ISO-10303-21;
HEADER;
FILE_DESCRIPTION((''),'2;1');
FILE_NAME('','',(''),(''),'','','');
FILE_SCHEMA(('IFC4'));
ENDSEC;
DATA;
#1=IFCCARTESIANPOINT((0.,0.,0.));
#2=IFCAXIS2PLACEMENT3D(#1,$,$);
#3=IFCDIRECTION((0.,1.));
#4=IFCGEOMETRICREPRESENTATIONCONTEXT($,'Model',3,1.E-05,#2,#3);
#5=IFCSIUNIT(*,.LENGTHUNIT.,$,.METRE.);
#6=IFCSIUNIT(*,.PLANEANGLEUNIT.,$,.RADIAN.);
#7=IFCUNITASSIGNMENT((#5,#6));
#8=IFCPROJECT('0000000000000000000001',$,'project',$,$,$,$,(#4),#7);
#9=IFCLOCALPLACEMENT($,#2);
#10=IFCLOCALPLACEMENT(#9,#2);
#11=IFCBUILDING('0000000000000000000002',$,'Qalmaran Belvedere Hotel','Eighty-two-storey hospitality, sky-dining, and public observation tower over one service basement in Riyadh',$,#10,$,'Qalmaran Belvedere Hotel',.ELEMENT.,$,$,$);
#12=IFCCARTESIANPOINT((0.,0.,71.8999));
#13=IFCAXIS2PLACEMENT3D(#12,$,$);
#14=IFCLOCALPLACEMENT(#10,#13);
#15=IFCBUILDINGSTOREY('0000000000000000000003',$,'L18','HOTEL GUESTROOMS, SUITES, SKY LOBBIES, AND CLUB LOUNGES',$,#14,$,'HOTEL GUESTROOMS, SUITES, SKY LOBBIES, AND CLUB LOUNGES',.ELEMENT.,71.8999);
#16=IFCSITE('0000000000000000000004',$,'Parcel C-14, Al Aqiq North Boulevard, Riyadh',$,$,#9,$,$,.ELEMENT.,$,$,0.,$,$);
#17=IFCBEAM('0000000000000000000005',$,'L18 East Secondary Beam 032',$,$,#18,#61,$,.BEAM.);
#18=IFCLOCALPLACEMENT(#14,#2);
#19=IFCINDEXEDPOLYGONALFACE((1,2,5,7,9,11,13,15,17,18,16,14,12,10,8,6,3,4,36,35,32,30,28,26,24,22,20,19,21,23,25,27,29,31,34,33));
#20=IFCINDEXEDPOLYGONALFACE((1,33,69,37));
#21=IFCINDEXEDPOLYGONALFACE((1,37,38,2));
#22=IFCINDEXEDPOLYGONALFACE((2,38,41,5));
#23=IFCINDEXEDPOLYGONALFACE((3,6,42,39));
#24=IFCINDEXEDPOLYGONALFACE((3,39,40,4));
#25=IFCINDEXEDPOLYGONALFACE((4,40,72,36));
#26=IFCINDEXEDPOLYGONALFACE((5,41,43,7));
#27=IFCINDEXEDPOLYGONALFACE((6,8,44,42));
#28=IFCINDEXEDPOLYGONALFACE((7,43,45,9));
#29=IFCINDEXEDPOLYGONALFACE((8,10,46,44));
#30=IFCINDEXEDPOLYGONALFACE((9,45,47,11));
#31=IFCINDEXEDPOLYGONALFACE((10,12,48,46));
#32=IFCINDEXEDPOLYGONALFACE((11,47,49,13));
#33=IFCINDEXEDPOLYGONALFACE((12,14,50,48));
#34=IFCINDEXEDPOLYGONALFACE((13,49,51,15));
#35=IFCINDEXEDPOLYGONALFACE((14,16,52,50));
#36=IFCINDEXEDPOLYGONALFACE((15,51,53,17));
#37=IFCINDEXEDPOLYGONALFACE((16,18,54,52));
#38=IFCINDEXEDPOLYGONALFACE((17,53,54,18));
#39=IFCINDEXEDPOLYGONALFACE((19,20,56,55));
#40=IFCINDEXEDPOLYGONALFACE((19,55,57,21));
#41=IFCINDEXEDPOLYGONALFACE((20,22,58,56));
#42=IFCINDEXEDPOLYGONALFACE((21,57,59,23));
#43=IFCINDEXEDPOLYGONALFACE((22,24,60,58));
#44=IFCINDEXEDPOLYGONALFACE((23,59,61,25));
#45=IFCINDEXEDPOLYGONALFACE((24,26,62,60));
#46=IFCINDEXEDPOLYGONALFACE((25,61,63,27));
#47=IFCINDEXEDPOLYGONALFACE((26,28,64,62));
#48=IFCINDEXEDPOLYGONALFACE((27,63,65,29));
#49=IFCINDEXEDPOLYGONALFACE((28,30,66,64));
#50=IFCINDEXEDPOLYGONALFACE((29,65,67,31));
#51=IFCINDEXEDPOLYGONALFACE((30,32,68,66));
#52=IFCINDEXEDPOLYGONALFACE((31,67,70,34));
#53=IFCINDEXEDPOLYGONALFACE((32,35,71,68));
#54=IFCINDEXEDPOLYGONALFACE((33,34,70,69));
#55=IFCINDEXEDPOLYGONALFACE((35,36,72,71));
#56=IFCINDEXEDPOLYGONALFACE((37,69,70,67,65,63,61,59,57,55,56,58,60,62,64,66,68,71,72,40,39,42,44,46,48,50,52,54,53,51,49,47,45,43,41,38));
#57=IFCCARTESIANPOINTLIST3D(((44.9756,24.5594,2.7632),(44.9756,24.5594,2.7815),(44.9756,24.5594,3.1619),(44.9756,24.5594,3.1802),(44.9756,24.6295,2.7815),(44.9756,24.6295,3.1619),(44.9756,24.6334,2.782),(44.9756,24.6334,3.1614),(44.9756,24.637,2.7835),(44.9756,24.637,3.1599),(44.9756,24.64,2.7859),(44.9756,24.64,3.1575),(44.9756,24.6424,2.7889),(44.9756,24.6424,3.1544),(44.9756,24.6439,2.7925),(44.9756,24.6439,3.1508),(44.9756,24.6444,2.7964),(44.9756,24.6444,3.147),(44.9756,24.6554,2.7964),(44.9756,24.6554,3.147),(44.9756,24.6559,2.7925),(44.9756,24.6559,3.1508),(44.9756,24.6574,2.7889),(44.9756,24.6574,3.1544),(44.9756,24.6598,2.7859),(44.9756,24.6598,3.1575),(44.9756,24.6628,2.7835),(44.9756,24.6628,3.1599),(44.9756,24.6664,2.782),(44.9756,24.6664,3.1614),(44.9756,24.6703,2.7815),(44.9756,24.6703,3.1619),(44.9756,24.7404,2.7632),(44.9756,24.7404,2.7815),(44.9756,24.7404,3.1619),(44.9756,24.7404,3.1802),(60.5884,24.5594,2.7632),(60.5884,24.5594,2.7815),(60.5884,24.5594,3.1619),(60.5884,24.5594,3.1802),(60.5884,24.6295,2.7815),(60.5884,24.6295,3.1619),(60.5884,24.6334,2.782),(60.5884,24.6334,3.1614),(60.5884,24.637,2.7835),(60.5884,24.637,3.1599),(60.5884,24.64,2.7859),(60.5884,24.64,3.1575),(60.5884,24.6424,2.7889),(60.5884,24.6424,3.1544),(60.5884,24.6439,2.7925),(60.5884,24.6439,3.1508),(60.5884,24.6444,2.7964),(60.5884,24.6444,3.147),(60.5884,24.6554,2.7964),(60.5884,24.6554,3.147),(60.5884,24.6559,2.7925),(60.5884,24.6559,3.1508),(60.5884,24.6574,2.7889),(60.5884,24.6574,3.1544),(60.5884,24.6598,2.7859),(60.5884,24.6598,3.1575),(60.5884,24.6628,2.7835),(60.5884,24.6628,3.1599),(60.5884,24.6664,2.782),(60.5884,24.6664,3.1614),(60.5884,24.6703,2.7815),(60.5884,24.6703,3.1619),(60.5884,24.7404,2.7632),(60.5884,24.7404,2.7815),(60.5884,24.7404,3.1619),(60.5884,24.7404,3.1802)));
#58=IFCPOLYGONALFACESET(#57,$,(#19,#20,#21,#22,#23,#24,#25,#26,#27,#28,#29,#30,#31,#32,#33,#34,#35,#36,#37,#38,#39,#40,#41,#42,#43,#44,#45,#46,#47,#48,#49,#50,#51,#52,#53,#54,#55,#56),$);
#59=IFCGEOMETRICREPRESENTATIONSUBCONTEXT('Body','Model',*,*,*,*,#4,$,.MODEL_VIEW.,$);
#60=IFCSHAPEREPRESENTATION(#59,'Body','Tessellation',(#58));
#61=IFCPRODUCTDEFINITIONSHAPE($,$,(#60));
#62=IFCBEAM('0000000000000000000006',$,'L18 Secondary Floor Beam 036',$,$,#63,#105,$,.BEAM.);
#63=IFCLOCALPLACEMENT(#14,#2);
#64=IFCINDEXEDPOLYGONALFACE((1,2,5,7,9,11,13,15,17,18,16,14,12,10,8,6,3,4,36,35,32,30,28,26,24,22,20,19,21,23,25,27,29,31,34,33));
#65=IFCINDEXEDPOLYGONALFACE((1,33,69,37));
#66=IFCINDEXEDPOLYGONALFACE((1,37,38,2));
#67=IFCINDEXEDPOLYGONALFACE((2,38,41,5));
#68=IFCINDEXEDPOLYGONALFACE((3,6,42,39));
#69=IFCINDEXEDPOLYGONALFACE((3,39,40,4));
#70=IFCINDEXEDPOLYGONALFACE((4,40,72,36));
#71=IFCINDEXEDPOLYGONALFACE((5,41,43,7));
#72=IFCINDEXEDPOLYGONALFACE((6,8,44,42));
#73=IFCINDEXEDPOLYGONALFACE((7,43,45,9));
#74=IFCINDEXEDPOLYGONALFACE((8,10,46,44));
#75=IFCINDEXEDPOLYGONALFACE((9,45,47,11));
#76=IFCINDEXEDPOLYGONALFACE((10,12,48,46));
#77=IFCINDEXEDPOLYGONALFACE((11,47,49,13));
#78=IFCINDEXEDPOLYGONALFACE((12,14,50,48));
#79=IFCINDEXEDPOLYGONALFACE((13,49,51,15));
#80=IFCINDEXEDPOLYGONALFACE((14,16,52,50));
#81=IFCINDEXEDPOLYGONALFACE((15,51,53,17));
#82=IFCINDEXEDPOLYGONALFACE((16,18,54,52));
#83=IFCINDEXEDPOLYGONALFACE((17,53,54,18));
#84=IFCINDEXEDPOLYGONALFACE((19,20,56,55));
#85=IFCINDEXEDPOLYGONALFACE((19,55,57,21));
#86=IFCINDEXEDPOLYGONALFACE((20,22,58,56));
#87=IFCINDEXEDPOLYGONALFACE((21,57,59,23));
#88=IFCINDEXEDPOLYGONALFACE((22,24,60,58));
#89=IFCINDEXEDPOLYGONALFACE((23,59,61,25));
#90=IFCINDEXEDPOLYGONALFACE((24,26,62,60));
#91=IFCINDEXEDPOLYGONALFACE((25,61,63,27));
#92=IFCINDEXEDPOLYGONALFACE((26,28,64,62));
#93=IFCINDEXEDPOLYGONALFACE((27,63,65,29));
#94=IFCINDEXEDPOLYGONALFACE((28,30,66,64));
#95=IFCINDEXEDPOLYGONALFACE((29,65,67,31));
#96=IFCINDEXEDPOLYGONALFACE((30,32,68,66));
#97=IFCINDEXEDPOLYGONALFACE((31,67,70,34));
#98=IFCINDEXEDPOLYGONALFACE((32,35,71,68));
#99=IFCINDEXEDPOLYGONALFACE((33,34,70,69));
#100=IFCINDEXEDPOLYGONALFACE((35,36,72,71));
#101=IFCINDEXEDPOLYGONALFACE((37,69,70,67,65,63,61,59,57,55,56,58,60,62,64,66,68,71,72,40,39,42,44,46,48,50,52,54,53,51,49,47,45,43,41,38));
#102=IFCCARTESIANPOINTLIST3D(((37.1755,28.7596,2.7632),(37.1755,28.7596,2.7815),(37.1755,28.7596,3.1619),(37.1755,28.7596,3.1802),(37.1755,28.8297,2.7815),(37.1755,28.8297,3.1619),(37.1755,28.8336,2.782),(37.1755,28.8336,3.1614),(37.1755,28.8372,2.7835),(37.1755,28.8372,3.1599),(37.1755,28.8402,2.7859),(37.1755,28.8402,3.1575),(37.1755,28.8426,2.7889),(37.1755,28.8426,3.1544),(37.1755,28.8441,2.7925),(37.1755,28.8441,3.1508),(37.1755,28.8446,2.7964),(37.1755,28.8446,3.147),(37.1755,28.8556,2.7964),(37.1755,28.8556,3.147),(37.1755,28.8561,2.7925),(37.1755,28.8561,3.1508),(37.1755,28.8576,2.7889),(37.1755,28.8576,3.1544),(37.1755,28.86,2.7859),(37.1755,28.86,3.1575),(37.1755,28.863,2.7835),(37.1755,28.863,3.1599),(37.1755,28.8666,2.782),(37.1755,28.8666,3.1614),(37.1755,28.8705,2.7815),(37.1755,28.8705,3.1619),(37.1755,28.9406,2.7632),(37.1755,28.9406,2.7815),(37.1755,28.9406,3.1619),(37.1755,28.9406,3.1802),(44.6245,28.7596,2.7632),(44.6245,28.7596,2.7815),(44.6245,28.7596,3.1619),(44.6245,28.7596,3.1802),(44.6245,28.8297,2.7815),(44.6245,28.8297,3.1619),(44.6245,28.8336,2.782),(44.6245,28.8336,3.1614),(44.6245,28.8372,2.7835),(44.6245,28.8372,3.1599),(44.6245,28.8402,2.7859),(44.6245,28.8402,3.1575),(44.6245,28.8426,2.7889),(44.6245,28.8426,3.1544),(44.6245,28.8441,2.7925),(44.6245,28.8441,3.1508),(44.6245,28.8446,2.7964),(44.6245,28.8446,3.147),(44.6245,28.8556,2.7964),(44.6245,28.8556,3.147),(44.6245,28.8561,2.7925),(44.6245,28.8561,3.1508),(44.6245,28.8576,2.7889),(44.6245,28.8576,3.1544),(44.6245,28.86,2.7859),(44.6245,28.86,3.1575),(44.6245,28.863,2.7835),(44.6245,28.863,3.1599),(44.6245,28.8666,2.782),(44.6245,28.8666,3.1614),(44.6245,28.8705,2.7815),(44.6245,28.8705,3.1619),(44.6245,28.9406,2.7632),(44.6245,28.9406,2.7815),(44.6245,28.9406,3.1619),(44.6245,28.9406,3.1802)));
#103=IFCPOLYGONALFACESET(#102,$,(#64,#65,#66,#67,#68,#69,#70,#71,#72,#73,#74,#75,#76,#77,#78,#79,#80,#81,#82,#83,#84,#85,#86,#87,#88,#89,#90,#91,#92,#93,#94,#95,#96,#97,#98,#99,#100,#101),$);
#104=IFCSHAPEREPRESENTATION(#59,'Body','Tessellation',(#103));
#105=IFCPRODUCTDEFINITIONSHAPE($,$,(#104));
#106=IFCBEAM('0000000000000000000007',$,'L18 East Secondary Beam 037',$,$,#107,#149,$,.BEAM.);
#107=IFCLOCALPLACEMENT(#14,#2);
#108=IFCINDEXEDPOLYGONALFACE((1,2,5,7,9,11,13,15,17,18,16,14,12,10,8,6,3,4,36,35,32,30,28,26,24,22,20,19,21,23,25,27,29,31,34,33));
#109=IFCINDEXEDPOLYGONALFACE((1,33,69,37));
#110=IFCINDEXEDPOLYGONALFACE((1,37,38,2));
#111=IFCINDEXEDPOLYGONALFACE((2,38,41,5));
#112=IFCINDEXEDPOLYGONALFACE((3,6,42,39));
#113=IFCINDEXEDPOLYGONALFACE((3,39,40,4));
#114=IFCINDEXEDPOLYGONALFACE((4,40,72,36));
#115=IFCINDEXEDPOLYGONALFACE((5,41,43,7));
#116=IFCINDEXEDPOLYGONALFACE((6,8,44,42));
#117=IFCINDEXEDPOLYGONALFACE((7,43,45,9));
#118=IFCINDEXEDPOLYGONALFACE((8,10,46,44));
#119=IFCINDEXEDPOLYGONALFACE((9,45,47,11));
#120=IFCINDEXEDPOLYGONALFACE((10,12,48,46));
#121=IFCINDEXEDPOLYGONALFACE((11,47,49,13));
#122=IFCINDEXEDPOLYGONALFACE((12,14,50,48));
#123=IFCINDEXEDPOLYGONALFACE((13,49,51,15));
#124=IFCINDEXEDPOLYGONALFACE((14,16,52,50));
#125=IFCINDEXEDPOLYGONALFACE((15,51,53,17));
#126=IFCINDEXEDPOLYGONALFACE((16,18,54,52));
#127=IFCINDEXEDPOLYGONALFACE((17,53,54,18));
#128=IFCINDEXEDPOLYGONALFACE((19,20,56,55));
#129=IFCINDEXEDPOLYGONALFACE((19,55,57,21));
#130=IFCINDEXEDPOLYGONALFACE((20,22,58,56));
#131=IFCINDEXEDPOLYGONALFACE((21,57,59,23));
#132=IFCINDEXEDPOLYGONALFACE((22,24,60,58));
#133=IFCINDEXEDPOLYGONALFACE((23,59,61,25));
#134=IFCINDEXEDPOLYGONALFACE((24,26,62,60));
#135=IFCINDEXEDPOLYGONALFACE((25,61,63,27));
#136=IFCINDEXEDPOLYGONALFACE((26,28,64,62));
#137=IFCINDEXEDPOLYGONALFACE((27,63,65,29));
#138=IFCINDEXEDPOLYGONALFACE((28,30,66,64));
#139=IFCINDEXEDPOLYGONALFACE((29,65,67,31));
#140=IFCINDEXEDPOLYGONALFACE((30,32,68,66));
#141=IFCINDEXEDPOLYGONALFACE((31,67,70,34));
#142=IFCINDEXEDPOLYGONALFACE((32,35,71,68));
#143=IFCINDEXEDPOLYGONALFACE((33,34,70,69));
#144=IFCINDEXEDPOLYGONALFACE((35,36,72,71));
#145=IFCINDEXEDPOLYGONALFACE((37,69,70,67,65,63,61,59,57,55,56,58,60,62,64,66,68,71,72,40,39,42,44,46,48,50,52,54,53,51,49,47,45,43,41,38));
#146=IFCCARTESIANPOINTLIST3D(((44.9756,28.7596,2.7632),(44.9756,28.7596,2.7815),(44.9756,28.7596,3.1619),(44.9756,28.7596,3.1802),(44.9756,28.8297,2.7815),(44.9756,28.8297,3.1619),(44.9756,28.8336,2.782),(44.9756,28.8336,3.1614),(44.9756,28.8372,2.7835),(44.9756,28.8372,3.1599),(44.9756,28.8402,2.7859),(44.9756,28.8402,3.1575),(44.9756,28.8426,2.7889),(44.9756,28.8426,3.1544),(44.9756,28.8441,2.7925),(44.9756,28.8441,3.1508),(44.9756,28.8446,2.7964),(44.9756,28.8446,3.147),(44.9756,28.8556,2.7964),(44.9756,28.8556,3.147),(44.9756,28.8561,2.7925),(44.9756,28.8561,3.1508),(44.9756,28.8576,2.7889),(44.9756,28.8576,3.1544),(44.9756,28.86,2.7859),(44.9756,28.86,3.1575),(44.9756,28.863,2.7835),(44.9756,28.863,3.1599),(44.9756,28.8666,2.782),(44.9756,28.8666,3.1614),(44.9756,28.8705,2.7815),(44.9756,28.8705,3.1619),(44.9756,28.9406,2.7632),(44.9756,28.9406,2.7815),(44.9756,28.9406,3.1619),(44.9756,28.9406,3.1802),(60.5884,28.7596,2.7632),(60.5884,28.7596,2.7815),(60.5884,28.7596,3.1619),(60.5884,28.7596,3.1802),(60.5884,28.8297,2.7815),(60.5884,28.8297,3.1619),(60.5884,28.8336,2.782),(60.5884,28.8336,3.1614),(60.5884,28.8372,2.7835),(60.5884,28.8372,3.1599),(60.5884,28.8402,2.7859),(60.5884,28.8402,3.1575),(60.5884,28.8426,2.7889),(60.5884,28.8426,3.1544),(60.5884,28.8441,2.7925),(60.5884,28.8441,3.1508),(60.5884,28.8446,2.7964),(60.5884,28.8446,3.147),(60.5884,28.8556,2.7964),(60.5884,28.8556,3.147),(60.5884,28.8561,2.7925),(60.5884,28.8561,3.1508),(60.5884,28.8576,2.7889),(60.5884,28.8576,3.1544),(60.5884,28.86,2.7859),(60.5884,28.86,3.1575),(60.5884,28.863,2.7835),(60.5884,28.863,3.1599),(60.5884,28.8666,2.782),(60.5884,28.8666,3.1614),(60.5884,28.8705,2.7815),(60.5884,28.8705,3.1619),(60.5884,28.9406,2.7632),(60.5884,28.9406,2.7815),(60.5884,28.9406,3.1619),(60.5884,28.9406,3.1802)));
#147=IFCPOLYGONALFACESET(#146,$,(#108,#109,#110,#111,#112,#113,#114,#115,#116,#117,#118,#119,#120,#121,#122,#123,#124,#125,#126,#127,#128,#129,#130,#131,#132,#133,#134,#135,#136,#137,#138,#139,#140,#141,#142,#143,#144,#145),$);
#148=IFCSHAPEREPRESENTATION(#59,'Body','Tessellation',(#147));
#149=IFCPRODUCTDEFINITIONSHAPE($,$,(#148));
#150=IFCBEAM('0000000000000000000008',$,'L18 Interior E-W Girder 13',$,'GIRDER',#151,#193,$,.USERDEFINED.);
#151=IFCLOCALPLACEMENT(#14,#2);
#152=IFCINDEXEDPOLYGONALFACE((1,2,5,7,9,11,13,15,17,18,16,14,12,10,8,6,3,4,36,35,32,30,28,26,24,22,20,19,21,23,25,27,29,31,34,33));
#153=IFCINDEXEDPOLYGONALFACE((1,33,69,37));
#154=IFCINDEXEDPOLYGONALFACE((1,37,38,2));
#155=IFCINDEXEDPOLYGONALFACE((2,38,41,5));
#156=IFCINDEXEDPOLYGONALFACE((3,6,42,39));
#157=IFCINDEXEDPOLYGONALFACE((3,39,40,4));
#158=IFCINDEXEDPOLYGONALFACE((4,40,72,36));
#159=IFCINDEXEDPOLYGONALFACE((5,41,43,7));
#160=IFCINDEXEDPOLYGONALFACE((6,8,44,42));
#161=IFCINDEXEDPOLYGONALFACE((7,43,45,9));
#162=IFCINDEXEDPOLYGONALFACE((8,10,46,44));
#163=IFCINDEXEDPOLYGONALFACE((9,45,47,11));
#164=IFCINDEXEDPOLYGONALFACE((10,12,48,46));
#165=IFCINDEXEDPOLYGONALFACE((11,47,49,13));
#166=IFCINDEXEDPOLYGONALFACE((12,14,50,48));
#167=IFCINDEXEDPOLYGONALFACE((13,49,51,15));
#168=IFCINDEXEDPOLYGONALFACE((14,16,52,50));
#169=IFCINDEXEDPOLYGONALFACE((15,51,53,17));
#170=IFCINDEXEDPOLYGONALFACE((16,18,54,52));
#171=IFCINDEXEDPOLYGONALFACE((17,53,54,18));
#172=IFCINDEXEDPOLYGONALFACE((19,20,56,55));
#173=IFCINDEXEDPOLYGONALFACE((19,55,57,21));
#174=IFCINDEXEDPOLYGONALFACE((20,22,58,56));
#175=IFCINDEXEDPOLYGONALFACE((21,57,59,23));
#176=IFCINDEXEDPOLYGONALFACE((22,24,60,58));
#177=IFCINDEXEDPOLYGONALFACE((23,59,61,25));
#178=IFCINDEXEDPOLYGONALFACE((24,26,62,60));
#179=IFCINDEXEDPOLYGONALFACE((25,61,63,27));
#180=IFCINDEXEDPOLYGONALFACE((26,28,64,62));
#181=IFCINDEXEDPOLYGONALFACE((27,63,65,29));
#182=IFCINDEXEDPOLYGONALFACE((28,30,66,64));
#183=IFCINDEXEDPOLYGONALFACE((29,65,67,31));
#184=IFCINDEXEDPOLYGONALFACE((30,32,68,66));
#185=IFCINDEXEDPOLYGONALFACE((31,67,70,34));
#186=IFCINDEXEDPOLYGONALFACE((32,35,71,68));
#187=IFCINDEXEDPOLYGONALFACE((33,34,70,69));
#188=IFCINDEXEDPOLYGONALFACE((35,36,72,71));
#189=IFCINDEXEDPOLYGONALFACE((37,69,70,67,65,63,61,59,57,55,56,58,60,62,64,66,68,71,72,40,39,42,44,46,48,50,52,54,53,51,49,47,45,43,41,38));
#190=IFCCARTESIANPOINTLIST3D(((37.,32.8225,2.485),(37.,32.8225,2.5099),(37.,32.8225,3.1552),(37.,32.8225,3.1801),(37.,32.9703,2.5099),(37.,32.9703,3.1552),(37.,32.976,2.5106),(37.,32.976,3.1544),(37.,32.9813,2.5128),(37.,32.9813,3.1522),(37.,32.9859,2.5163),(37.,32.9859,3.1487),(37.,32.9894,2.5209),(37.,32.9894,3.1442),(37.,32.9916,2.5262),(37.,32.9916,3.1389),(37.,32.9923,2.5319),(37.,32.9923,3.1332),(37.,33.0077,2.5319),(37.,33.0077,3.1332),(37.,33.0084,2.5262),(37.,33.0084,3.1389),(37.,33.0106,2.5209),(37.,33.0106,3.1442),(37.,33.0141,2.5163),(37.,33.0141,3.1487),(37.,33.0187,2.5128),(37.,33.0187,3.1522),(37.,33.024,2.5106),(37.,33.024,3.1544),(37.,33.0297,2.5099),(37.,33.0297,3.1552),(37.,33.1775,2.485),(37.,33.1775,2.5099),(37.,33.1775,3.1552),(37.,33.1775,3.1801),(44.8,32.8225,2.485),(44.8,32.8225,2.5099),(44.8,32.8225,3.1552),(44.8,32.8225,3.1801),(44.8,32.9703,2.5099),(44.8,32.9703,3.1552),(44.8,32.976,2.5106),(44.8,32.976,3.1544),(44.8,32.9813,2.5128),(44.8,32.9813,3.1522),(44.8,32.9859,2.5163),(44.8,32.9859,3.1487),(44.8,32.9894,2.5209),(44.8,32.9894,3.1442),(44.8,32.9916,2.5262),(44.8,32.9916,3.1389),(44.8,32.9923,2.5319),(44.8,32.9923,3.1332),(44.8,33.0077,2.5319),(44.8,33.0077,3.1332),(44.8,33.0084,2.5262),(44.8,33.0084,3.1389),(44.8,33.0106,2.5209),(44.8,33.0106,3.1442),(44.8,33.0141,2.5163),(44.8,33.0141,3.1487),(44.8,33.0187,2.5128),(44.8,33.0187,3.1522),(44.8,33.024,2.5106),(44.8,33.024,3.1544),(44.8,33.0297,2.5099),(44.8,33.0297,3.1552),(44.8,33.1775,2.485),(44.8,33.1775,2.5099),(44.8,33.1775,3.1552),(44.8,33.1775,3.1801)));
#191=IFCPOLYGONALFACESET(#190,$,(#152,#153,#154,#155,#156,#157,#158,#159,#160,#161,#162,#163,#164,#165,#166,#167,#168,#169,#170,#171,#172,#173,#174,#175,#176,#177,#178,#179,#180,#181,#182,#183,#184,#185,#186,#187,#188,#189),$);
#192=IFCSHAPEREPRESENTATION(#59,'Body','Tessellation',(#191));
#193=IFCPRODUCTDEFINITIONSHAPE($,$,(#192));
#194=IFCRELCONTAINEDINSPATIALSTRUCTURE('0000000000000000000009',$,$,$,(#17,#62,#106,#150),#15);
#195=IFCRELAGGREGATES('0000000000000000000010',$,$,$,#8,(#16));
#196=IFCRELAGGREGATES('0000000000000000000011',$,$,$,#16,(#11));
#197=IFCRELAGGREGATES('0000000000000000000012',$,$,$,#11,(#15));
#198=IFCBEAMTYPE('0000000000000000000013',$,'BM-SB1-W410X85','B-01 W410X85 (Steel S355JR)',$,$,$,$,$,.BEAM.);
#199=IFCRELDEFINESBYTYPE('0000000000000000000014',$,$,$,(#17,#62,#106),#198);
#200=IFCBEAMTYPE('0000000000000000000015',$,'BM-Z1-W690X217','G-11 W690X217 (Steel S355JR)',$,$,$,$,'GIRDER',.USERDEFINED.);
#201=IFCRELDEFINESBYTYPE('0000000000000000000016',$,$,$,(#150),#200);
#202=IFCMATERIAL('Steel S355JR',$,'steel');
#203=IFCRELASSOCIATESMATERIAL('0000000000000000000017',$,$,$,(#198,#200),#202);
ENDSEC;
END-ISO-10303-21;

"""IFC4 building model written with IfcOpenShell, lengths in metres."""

from ifc_helpers import new_model, si_unit, direction, frame, origin, origin_2d, place, context, subcontext, project, spatial, i_section, extrude, material, material_profile, profile_set, type_object, element, save


model = new_model("IFC4")

# Units and contexts
model_context = context("Model", 3, precision=1e-05, world=origin(), true_north=direction((0.0, 1.0)))
body_context = subcontext(model_context, "Body", "Model", "MODEL_VIEW")
ifc_project = project(units=[si_unit("LENGTHUNIT", "METRE"), si_unit("PLANEANGLEUNIT", "RADIAN")], contexts=[model_context])

# Site, building, storey
site_placement = place(None, origin())
site = spatial("IfcSite", under=ifc_project, at=site_placement, Name="Parcel C-14, Al Aqiq North Boulevard, Riyadh", CompositionType="ELEMENT", RefElevation=0.0)
building_placement = place(site_placement, origin())
building = spatial("IfcBuilding", under=site, at=building_placement, Name="Qalmaran Belvedere Hotel", Description="Eighty-two-storey hospitality, sky-dining, and public observation tower over one service basement in Riyadh", LongName="Qalmaran Belvedere Hotel", CompositionType="ELEMENT")
storey_placement = place(building_placement, frame((0.0, 0.0, 71.8999)))
storey = spatial("IfcBuildingStorey", under=building, at=storey_placement, Name="L18", Description="HOTEL GUESTROOMS, SUITES, SKY LOBBIES, AND CLUB LOUNGES", LongName="HOTEL GUESTROOMS, SUITES, SKY LOBBIES, AND CLUB LOUNGES", CompositionType="ELEMENT", Elevation=71.8999)

# Beams
ifc_material_1 = material(Name="Steel S355JR", Category="steel")
ifc_material_profile_1 = material_profile(ifc_material_1, i_section(OverallWidth=0.1809, OverallDepth=0.417, WebThickness=0.011, FlangeThickness=0.0183, FilletRadius=0.0149, at=origin_2d()), Name="W410X85")
ifc_profile_set_1 = profile_set([ifc_material_profile_1], Name="Steel S355JR")
beam_type_1 = type_object("IfcBeamType", Name="BM-SB1-W410X85", Description="B-01 W410X85 (Steel S355JR)", PredefinedType="BEAM", material=ifc_profile_set_1)
beam_1_placement = place(storey_placement, frame((44.9756, 24.6499, 2.9717), z_axis=(1.0, 0.0, 0.0), x_axis=(0.0, 1.0, 0.0)))
element("IfcBeam", 1, at=beam_1_placement, inside=storey, type_object=beam_type_1, Name="L18 East Secondary Beam 032", PredefinedType="BEAM", context=body_context, shape_type="SweptSolid", body=[
    extrude(i_section(OverallWidth=0.1809, OverallDepth=0.417, WebThickness=0.011, FlangeThickness=0.0183, FilletRadius=0.0149, at=origin_2d()), origin(), (0.0, 0.0, 1.0), 15.6128),
])
beam_2_placement = place(storey_placement, frame((37.1755, 28.8501, 2.9717), z_axis=(1.0, 0.0, 0.0), x_axis=(0.0, 1.0, 0.0)))
element("IfcBeam", 2, at=beam_2_placement, inside=storey, type_object=beam_type_1, Name="L18 Secondary Floor Beam 036", PredefinedType="BEAM", context=body_context, shape_type="SweptSolid", body=[
    extrude(i_section(OverallWidth=0.1809, OverallDepth=0.417, WebThickness=0.011, FlangeThickness=0.0183, FilletRadius=0.0149, at=origin_2d()), origin(), (0.0, 0.0, 1.0), 7.449),
])
beam_3_placement = place(storey_placement, frame((44.9756, 28.8501, 2.9717), z_axis=(1.0, 0.0, 0.0), x_axis=(0.0, 1.0, 0.0)))
element("IfcBeam", 3, at=beam_3_placement, inside=storey, type_object=beam_type_1, Name="L18 East Secondary Beam 037", PredefinedType="BEAM", context=body_context, shape_type="SweptSolid", body=[
    extrude(i_section(OverallWidth=0.1809, OverallDepth=0.417, WebThickness=0.011, FlangeThickness=0.0183, FilletRadius=0.0149, at=origin_2d()), origin(), (0.0, 0.0, 1.0), 15.6128),
])
ifc_material_profile_2 = material_profile(ifc_material_1, i_section(OverallWidth=0.355, OverallDepth=0.6951, WebThickness=0.0154, FlangeThickness=0.0249, FilletRadius=0.022, at=origin_2d()), Name="W690X217")
ifc_profile_set_2 = profile_set([ifc_material_profile_2], Name="Steel S355JR")
beam_type_2 = type_object("IfcBeamType", Name="BM-Z1-W690X217", Description="G-11 W690X217 (Steel S355JR)", ElementType="GIRDER", PredefinedType="USERDEFINED", material=ifc_profile_set_2)
beam_4_placement = place(storey_placement, frame((37.0, 33.0, 2.8325), z_axis=(1.0, 0.0, 0.0), x_axis=(0.0, 1.0, 0.0)))
element("IfcBeam", 4, at=beam_4_placement, inside=storey, type_object=beam_type_2, Name="L18 Interior E-W Girder 13", ObjectType="GIRDER", PredefinedType="USERDEFINED", context=body_context, shape_type="SweptSolid", body=[
    extrude(i_section(OverallWidth=0.355, OverallDepth=0.6951, WebThickness=0.0154, FlangeThickness=0.0249, FilletRadius=0.022, at=origin_2d()), origin(), (0.0, 0.0, 1.0), 7.8),
])

save(model, "model.ifc")
